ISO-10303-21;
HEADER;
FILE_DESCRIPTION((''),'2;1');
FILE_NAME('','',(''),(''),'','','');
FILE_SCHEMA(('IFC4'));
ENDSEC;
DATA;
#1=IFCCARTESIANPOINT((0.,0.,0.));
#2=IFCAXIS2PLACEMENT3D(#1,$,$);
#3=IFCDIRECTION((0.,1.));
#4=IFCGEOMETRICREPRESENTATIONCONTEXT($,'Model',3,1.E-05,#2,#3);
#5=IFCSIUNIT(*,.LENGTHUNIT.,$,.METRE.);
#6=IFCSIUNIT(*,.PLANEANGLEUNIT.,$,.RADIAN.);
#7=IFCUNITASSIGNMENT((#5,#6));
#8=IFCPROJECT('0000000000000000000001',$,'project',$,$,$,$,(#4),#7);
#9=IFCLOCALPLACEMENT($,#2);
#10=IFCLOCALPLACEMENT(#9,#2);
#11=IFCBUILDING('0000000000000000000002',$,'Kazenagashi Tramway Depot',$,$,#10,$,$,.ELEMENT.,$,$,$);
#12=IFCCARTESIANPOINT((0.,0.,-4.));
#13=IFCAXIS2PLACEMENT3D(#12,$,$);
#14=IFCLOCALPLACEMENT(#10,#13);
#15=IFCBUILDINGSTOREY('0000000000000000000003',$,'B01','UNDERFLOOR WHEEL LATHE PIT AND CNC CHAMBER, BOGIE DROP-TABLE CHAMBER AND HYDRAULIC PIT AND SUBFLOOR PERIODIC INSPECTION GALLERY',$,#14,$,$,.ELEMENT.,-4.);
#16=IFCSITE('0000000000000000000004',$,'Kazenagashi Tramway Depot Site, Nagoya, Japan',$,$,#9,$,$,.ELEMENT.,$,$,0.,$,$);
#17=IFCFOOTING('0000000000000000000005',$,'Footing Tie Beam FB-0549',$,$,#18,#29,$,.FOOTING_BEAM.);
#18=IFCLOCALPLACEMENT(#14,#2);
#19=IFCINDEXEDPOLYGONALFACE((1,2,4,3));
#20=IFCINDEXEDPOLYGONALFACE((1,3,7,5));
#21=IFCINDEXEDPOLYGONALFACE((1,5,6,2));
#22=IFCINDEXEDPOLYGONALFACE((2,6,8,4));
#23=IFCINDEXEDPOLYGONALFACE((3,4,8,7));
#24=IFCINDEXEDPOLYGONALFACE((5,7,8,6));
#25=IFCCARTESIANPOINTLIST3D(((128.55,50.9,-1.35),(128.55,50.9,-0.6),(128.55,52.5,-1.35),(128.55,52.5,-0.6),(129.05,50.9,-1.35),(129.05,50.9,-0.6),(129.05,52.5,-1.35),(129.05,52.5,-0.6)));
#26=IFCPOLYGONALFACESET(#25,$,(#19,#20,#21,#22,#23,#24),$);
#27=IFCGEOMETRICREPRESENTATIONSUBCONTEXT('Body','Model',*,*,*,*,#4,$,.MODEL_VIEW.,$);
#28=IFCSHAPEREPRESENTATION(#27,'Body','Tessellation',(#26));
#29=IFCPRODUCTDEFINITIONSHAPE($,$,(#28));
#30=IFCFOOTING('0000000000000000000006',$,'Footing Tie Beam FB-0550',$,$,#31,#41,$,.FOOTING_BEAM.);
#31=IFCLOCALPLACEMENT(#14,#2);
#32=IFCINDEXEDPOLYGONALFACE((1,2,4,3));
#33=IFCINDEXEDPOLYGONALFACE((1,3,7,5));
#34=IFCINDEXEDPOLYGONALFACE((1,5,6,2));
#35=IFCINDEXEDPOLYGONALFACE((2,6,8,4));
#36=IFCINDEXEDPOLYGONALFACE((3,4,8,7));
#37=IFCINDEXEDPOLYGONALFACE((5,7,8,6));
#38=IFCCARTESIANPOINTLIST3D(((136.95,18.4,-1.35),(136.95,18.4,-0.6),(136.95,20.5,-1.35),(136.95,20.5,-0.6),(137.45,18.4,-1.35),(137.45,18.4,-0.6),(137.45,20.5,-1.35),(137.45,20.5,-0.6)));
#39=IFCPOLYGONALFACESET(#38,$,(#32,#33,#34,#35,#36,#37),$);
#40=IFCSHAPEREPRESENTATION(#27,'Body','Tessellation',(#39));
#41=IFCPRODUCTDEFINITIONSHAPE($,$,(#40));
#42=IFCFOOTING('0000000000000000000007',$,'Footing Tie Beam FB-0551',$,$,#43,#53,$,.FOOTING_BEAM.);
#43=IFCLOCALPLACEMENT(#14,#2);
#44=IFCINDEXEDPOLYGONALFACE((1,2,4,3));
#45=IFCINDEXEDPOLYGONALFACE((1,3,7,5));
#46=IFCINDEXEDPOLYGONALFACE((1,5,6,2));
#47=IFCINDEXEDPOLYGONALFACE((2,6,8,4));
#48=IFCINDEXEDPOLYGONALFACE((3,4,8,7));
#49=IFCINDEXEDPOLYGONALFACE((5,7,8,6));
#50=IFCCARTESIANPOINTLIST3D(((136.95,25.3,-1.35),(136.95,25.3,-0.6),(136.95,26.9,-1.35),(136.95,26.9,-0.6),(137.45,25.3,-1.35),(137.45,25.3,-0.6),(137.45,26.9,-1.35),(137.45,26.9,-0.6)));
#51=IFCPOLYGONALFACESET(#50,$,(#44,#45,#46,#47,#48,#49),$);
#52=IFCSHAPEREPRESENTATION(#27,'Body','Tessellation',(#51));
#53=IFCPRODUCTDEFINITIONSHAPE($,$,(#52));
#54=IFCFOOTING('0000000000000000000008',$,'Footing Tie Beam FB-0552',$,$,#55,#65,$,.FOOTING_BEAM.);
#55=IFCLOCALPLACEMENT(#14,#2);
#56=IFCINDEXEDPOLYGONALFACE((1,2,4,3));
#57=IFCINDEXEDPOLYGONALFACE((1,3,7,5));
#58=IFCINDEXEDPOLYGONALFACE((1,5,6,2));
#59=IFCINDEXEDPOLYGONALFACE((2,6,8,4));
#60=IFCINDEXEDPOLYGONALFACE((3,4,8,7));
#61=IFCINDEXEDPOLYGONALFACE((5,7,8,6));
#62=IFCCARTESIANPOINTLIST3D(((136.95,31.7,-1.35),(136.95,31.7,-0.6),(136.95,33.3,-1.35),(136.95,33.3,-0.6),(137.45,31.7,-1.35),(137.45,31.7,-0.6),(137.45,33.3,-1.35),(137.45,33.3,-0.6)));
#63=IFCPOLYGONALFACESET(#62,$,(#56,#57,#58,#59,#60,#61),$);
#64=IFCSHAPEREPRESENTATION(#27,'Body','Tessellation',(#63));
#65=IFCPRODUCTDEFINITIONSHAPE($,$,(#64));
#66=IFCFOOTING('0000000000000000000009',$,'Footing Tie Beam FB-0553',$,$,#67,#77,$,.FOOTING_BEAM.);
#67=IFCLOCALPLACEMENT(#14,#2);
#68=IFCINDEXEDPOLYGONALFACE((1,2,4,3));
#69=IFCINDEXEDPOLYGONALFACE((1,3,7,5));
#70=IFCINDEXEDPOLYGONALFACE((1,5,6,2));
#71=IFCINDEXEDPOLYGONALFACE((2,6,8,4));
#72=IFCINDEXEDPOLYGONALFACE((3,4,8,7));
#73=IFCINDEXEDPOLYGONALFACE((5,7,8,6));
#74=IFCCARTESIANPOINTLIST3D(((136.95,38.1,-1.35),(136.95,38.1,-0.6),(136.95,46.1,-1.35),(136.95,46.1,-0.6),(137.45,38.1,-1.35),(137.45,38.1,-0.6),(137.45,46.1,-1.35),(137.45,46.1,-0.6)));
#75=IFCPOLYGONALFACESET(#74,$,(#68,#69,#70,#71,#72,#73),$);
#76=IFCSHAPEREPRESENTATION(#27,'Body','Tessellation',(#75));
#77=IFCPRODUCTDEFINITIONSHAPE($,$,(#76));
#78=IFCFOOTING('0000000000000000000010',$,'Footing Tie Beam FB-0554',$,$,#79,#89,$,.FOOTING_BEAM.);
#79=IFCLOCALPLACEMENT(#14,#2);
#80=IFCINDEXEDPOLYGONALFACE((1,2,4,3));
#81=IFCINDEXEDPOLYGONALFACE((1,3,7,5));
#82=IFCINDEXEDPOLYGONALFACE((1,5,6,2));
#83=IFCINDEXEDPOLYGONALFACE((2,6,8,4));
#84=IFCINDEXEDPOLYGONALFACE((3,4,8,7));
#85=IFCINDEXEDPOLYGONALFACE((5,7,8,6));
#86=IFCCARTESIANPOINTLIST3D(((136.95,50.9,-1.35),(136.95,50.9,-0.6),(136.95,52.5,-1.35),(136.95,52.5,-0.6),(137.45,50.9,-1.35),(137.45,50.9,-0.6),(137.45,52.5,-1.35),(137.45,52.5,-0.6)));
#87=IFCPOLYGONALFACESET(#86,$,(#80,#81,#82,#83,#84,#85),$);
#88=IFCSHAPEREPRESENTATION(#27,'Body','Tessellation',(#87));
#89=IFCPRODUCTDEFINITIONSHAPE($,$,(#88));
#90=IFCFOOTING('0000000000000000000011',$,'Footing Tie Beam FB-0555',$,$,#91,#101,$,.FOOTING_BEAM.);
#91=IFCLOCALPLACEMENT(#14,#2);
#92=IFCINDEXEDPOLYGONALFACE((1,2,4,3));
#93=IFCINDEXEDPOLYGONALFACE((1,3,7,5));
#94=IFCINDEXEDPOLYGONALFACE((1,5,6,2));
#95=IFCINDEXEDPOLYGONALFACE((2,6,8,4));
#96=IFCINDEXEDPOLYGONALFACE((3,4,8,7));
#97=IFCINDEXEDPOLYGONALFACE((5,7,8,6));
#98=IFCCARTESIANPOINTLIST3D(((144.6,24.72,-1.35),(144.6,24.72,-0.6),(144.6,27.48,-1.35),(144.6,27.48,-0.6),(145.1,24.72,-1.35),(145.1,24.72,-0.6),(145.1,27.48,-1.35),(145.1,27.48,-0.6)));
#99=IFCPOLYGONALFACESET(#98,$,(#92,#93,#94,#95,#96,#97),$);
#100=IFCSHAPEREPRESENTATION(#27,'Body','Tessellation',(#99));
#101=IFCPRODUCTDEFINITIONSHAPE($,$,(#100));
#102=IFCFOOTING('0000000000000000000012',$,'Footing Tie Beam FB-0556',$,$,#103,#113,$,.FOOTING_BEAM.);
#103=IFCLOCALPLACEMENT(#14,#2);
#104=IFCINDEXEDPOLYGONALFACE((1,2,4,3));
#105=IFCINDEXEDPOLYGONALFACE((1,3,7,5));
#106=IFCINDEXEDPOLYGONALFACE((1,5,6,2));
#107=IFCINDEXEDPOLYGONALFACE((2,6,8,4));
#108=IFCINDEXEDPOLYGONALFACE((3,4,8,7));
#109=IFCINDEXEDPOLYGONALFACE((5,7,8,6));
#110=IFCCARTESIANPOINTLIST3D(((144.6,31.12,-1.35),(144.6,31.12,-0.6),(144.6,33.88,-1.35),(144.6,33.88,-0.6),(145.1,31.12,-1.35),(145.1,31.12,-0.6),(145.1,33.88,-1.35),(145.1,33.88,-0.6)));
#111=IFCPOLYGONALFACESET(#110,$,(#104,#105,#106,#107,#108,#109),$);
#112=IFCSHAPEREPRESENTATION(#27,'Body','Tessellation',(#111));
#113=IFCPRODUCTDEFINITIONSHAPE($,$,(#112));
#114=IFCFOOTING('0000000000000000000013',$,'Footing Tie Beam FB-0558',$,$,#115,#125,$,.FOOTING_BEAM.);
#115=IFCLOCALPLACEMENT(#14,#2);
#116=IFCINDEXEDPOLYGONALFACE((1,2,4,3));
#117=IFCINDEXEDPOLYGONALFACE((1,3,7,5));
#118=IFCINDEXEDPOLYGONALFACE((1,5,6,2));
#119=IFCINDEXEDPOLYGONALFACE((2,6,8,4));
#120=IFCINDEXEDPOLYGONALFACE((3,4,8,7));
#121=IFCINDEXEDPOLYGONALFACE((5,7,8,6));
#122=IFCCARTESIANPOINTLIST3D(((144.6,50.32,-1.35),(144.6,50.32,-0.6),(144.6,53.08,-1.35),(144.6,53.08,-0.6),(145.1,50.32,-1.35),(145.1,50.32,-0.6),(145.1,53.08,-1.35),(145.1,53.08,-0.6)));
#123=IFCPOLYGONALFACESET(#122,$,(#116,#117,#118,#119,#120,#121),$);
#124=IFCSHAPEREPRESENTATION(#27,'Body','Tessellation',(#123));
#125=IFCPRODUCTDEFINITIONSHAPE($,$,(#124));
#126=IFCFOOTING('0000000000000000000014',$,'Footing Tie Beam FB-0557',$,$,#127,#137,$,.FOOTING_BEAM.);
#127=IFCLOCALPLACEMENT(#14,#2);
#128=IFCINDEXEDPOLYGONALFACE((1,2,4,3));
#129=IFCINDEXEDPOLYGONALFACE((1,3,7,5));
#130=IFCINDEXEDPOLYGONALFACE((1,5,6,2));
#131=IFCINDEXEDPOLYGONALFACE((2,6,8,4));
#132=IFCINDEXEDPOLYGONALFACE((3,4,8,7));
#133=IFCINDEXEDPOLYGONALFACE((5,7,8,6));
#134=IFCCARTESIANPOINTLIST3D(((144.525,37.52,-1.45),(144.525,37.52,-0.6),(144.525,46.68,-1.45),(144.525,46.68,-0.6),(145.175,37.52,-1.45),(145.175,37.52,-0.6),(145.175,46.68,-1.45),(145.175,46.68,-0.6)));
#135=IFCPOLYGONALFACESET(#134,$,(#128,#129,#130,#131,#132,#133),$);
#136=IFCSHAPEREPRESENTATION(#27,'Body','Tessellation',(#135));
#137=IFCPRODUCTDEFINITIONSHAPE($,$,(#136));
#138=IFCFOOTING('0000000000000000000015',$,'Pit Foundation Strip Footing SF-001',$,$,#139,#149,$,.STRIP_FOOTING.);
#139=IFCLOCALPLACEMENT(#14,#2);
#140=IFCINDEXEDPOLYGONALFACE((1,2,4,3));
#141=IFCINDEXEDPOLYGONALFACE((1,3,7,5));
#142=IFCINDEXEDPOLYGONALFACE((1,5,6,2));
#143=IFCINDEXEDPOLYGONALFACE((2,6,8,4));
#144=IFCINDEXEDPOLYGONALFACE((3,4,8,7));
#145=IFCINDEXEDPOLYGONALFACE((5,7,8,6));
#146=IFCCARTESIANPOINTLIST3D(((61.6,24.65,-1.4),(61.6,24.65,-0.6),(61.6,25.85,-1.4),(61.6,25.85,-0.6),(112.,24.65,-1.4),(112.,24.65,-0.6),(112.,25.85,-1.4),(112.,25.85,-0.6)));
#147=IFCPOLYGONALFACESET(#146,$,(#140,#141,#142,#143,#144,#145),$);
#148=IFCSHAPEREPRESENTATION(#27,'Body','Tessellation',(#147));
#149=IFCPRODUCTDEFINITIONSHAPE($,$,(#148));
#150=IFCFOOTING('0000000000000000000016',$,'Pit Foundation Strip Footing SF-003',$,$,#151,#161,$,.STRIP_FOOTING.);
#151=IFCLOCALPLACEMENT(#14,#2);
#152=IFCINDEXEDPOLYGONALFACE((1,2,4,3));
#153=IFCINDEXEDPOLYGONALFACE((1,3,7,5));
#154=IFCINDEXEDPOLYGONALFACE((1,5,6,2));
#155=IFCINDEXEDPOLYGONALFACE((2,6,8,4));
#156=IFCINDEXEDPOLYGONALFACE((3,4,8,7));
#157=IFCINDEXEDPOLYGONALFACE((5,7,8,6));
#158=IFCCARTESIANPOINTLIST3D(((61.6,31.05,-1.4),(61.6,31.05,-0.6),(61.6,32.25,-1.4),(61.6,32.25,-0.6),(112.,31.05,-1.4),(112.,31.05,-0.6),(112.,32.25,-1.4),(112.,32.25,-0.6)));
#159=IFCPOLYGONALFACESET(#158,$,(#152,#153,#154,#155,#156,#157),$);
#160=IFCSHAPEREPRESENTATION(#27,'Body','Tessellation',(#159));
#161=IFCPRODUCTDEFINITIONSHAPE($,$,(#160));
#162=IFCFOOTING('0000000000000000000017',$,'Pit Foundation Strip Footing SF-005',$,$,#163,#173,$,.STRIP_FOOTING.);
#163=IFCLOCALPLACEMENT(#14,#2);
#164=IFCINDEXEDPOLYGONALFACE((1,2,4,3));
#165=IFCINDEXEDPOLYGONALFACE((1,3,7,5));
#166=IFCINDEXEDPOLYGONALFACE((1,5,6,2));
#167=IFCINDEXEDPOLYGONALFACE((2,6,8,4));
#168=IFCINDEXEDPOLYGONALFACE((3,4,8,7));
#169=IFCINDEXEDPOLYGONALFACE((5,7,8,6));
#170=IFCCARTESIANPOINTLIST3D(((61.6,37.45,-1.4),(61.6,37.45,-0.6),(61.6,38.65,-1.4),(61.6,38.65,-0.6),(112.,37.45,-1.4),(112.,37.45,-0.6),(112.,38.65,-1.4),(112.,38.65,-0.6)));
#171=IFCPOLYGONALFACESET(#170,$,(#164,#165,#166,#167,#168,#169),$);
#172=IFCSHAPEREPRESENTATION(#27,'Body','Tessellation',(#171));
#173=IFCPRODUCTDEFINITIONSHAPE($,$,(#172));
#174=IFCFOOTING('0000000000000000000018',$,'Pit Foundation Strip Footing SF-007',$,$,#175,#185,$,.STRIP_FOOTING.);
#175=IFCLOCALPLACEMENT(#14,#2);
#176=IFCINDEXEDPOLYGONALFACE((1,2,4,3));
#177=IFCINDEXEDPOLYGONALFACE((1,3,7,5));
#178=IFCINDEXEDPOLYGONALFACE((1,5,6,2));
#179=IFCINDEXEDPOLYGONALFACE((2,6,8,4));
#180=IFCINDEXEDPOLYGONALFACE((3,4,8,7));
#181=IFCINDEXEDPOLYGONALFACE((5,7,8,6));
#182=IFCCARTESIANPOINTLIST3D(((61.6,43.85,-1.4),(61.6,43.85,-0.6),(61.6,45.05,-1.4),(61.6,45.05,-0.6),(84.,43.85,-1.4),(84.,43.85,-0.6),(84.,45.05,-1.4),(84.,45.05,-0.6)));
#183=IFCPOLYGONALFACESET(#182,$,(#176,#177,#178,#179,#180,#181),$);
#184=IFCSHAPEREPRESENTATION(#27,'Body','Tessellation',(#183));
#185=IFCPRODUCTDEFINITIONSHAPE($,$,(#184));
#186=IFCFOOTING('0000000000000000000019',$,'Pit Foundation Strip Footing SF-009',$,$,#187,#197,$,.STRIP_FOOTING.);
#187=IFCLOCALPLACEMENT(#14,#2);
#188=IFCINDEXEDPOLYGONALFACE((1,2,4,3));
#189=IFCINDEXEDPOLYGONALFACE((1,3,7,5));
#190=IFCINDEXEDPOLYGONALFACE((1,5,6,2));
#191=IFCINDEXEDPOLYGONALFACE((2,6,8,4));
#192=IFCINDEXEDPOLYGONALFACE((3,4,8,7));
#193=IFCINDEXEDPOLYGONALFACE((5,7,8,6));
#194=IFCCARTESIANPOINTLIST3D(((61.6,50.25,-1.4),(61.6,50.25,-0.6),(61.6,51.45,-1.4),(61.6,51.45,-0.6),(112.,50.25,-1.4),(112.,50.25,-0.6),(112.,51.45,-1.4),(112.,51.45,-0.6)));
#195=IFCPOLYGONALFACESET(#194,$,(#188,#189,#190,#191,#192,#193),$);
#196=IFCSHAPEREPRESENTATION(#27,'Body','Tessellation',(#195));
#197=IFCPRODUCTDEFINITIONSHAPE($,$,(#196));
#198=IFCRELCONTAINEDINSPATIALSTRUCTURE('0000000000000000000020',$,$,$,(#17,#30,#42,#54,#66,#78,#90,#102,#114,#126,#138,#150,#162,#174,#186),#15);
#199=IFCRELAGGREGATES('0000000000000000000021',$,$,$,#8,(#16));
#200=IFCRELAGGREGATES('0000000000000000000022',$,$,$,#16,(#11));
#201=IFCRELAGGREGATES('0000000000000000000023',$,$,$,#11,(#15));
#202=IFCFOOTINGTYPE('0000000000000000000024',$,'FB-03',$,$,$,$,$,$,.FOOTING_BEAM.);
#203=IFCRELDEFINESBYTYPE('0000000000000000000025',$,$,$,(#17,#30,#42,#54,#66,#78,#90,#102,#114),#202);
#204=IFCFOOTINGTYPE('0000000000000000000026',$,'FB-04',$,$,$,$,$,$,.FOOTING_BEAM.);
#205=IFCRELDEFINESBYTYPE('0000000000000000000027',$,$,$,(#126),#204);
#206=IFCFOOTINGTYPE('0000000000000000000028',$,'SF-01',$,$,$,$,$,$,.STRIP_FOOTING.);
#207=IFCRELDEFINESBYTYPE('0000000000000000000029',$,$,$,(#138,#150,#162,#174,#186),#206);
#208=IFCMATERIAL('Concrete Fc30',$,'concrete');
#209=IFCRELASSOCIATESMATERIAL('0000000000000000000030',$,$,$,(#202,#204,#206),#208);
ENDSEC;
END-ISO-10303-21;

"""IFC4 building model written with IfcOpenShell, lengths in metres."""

from ifc_helpers import new_model, si_unit, direction, frame, origin, place, context, subcontext, project, spatial, polyline, outline, extrude, material, type_object, element, save


model = new_model("IFC4")

# Units and contexts
model_context = context("Model", 3, precision=1e-05, world=origin(), true_north=direction((0.0, 1.0)))
body_context = subcontext(model_context, "Body", "Model", "MODEL_VIEW")
ifc_project = project(units=[si_unit("LENGTHUNIT", "METRE"), si_unit("PLANEANGLEUNIT", "RADIAN")], contexts=[model_context])

# Site, building, storey
site_placement = place(None, origin())
site = spatial("IfcSite", under=ifc_project, at=site_placement, Name="Kazenagashi Tramway Depot Site, Nagoya, Japan", CompositionType="ELEMENT", RefElevation=0.0)
building_placement = place(site_placement, origin())
building = spatial("IfcBuilding", under=site, at=building_placement, Name="Kazenagashi Tramway Depot", CompositionType="ELEMENT")
storey_placement = place(building_placement, frame((0.0, 0.0, -4.0)))
storey = spatial("IfcBuildingStorey", under=building, at=storey_placement, Name="B01", Description="UNDERFLOOR WHEEL LATHE PIT AND CNC CHAMBER, BOGIE DROP-TABLE CHAMBER AND HYDRAULIC PIT AND SUBFLOOR PERIODIC INSPECTION GALLERY", CompositionType="ELEMENT", Elevation=-4.0)

# Footings
ifc_material = material(Name="Concrete Fc30", Category="concrete")
footing_type_1 = type_object("IfcFootingType", Name="FB-03", PredefinedType="FOOTING_BEAM", material=ifc_material)
footing_1_placement = place(storey_placement, frame((0.0, 0.0, -1.35)))
element("IfcFooting", 1, at=footing_1_placement, inside=storey, type_object=footing_type_1, Name="Footing Tie Beam FB-0549", PredefinedType="FOOTING_BEAM", context=body_context, shape_type="SweptSolid", body=[
    extrude(outline(polyline([(128.55, 50.9), (129.05, 50.9), (129.05, 52.5), (128.55, 52.5), (128.55, 50.9)])), origin(), (0.0, 0.0, 1.0), 0.75),
])
footing_2_placement = place(storey_placement, frame((0.0, 0.0, -1.35)))
element("IfcFooting", 2, at=footing_2_placement, inside=storey, type_object=footing_type_1, Name="Footing Tie Beam FB-0550", PredefinedType="FOOTING_BEAM", context=body_context, shape_type="SweptSolid", body=[
    extrude(outline(polyline([(136.95, 18.4), (137.45, 18.4), (137.45, 20.5), (136.95, 20.5), (136.95, 18.4)])), origin(), (0.0, 0.0, 1.0), 0.75),
])
footing_3_placement = place(storey_placement, frame((0.0, 0.0, -1.35)))
element("IfcFooting", 3, at=footing_3_placement, inside=storey, type_object=footing_type_1, Name="Footing Tie Beam FB-0551", PredefinedType="FOOTING_BEAM", context=body_context, shape_type="SweptSolid", body=[
    extrude(outline(polyline([(136.95, 25.3), (137.45, 25.3), (137.45, 26.9), (136.95, 26.9), (136.95, 25.3)])), origin(), (0.0, 0.0, 1.0), 0.75),
])
footing_4_placement = place(storey_placement, frame((0.0, 0.0, -1.35)))
element("IfcFooting", 4, at=footing_4_placement, inside=storey, type_object=footing_type_1, Name="Footing Tie Beam FB-0552", PredefinedType="FOOTING_BEAM", context=body_context, shape_type="SweptSolid", body=[
    extrude(outline(polyline([(136.95, 31.7), (137.45, 31.7), (137.45, 33.3), (136.95, 33.3), (136.95, 31.7)])), origin(), (0.0, 0.0, 1.0), 0.75),
])
footing_5_placement = place(storey_placement, frame((0.0, 0.0, -1.35)))
element("IfcFooting", 5, at=footing_5_placement, inside=storey, type_object=footing_type_1, Name="Footing Tie Beam FB-0553", PredefinedType="FOOTING_BEAM", context=body_context, shape_type="SweptSolid", body=[
    extrude(outline(polyline([(136.95, 38.1), (137.45, 38.1), (137.45, 46.1), (136.95, 46.1), (136.95, 38.1)])), origin(), (0.0, 0.0, 1.0), 0.75),
])
footing_6_placement = place(storey_placement, frame((0.0, 0.0, -1.35)))
element("IfcFooting", 6, at=footing_6_placement, inside=storey, type_object=footing_type_1, Name="Footing Tie Beam FB-0554", PredefinedType="FOOTING_BEAM", context=body_context, shape_type="SweptSolid", body=[
    extrude(outline(polyline([(136.95, 50.9), (137.45, 50.9), (137.45, 52.5), (136.95, 52.5), (136.95, 50.9)])), origin(), (0.0, 0.0, 1.0), 0.75),
])
footing_7_placement = place(storey_placement, frame((0.0, 0.0, -1.35)))
element("IfcFooting", 7, at=footing_7_placement, inside=storey, type_object=footing_type_1, Name="Footing Tie Beam FB-0555", PredefinedType="FOOTING_BEAM", context=body_context, shape_type="SweptSolid", body=[
    extrude(outline(polyline([(144.6, 24.72), (145.1, 24.72), (145.1, 27.48), (144.6, 27.48), (144.6, 24.72)])), origin(), (0.0, 0.0, 1.0), 0.75),
])
footing_8_placement = place(storey_placement, frame((0.0, 0.0, -1.35)))
element("IfcFooting", 8, at=footing_8_placement, inside=storey, type_object=footing_type_1, Name="Footing Tie Beam FB-0556", PredefinedType="FOOTING_BEAM", context=body_context, shape_type="SweptSolid", body=[
    extrude(outline(polyline([(144.6, 31.12), (145.1, 31.12), (145.1, 33.88), (144.6, 33.88), (144.6, 31.12)])), origin(), (0.0, 0.0, 1.0), 0.75),
])
footing_9_placement = place(storey_placement, frame((0.0, 0.0, -1.35)))
element("IfcFooting", 9, at=footing_9_placement, inside=storey, type_object=footing_type_1, Name="Footing Tie Beam FB-0558", PredefinedType="FOOTING_BEAM", context=body_context, shape_type="SweptSolid", body=[
    extrude(outline(polyline([(144.6, 50.32), (145.1, 50.32), (145.1, 53.08), (144.6, 53.08), (144.6, 50.32)])), origin(), (0.0, 0.0, 1.0), 0.75),
])
footing_type_2 = type_object("IfcFootingType", Name="FB-04", PredefinedType="FOOTING_BEAM", material=ifc_material)
footing_10_placement = place(storey_placement, frame((0.0, 0.0, -1.45)))
element("IfcFooting", 10, at=footing_10_placement, inside=storey, type_object=footing_type_2, Name="Footing Tie Beam FB-0557", PredefinedType="FOOTING_BEAM", context=body_context, shape_type="SweptSolid", body=[
    extrude(outline(polyline([(144.525, 37.52), (145.175, 37.52), (145.175, 46.68), (144.525, 46.68), (144.525, 37.52)])), origin(), (0.0, 0.0, 1.0), 0.85),
])
footing_type_3 = type_object("IfcFootingType", Name="SF-01", PredefinedType="STRIP_FOOTING", material=ifc_material)
footing_11_placement = place(storey_placement, frame((0.0, 0.0, -1.4)))
element("IfcFooting", 11, at=footing_11_placement, inside=storey, type_object=footing_type_3, Name="Pit Foundation Strip Footing SF-001", PredefinedType="STRIP_FOOTING", context=body_context, shape_type="SweptSolid", body=[
    extrude(outline(polyline([(61.6, 24.65), (112.0, 24.65), (112.0, 25.85), (61.6, 25.85), (61.6, 24.65)])), origin(), (0.0, 0.0, 1.0), 0.8),
])
footing_12_placement = place(storey_placement, frame((0.0, 0.0, -1.4)))
element("IfcFooting", 12, at=footing_12_placement, inside=storey, type_object=footing_type_3, Name="Pit Foundation Strip Footing SF-003", PredefinedType="STRIP_FOOTING", context=body_context, shape_type="SweptSolid", body=[
    extrude(outline(polyline([(61.6, 31.05), (112.0, 31.05), (112.0, 32.25), (61.6, 32.25), (61.6, 31.05)])), origin(), (0.0, 0.0, 1.0), 0.8),
])
footing_13_placement = place(storey_placement, frame((0.0, 0.0, -1.4)))
element("IfcFooting", 13, at=footing_13_placement, inside=storey, type_object=footing_type_3, Name="Pit Foundation Strip Footing SF-005", PredefinedType="STRIP_FOOTING", context=body_context, shape_type="SweptSolid", body=[
    extrude(outline(polyline([(61.6, 37.45), (112.0, 37.45), (112.0, 38.65), (61.6, 38.65), (61.6, 37.45)])), origin(), (0.0, 0.0, 1.0), 0.8),
])
footing_14_placement = place(storey_placement, frame((0.0, 0.0, -1.4)))
element("IfcFooting", 14, at=footing_14_placement, inside=storey, type_object=footing_type_3, Name="Pit Foundation Strip Footing SF-007", PredefinedType="STRIP_FOOTING", context=body_context, shape_type="SweptSolid", body=[
    extrude(outline(polyline([(61.6, 43.85), (84.0, 43.85), (84.0, 45.05), (61.6, 45.05), (61.6, 43.85)])), origin(), (0.0, 0.0, 1.0), 0.8),
])
footing_15_placement = place(storey_placement, frame((0.0, 0.0, -1.4)))
element("IfcFooting", 15, at=footing_15_placement, inside=storey, type_object=footing_type_3, Name="Pit Foundation Strip Footing SF-009", PredefinedType="STRIP_FOOTING", context=body_context, shape_type="SweptSolid", body=[
    extrude(outline(polyline([(61.6, 50.25), (112.0, 50.25), (112.0, 51.45), (61.6, 51.45), (61.6, 50.25)])), origin(), (0.0, 0.0, 1.0), 0.8),
])

save(model, "model.ifc")
